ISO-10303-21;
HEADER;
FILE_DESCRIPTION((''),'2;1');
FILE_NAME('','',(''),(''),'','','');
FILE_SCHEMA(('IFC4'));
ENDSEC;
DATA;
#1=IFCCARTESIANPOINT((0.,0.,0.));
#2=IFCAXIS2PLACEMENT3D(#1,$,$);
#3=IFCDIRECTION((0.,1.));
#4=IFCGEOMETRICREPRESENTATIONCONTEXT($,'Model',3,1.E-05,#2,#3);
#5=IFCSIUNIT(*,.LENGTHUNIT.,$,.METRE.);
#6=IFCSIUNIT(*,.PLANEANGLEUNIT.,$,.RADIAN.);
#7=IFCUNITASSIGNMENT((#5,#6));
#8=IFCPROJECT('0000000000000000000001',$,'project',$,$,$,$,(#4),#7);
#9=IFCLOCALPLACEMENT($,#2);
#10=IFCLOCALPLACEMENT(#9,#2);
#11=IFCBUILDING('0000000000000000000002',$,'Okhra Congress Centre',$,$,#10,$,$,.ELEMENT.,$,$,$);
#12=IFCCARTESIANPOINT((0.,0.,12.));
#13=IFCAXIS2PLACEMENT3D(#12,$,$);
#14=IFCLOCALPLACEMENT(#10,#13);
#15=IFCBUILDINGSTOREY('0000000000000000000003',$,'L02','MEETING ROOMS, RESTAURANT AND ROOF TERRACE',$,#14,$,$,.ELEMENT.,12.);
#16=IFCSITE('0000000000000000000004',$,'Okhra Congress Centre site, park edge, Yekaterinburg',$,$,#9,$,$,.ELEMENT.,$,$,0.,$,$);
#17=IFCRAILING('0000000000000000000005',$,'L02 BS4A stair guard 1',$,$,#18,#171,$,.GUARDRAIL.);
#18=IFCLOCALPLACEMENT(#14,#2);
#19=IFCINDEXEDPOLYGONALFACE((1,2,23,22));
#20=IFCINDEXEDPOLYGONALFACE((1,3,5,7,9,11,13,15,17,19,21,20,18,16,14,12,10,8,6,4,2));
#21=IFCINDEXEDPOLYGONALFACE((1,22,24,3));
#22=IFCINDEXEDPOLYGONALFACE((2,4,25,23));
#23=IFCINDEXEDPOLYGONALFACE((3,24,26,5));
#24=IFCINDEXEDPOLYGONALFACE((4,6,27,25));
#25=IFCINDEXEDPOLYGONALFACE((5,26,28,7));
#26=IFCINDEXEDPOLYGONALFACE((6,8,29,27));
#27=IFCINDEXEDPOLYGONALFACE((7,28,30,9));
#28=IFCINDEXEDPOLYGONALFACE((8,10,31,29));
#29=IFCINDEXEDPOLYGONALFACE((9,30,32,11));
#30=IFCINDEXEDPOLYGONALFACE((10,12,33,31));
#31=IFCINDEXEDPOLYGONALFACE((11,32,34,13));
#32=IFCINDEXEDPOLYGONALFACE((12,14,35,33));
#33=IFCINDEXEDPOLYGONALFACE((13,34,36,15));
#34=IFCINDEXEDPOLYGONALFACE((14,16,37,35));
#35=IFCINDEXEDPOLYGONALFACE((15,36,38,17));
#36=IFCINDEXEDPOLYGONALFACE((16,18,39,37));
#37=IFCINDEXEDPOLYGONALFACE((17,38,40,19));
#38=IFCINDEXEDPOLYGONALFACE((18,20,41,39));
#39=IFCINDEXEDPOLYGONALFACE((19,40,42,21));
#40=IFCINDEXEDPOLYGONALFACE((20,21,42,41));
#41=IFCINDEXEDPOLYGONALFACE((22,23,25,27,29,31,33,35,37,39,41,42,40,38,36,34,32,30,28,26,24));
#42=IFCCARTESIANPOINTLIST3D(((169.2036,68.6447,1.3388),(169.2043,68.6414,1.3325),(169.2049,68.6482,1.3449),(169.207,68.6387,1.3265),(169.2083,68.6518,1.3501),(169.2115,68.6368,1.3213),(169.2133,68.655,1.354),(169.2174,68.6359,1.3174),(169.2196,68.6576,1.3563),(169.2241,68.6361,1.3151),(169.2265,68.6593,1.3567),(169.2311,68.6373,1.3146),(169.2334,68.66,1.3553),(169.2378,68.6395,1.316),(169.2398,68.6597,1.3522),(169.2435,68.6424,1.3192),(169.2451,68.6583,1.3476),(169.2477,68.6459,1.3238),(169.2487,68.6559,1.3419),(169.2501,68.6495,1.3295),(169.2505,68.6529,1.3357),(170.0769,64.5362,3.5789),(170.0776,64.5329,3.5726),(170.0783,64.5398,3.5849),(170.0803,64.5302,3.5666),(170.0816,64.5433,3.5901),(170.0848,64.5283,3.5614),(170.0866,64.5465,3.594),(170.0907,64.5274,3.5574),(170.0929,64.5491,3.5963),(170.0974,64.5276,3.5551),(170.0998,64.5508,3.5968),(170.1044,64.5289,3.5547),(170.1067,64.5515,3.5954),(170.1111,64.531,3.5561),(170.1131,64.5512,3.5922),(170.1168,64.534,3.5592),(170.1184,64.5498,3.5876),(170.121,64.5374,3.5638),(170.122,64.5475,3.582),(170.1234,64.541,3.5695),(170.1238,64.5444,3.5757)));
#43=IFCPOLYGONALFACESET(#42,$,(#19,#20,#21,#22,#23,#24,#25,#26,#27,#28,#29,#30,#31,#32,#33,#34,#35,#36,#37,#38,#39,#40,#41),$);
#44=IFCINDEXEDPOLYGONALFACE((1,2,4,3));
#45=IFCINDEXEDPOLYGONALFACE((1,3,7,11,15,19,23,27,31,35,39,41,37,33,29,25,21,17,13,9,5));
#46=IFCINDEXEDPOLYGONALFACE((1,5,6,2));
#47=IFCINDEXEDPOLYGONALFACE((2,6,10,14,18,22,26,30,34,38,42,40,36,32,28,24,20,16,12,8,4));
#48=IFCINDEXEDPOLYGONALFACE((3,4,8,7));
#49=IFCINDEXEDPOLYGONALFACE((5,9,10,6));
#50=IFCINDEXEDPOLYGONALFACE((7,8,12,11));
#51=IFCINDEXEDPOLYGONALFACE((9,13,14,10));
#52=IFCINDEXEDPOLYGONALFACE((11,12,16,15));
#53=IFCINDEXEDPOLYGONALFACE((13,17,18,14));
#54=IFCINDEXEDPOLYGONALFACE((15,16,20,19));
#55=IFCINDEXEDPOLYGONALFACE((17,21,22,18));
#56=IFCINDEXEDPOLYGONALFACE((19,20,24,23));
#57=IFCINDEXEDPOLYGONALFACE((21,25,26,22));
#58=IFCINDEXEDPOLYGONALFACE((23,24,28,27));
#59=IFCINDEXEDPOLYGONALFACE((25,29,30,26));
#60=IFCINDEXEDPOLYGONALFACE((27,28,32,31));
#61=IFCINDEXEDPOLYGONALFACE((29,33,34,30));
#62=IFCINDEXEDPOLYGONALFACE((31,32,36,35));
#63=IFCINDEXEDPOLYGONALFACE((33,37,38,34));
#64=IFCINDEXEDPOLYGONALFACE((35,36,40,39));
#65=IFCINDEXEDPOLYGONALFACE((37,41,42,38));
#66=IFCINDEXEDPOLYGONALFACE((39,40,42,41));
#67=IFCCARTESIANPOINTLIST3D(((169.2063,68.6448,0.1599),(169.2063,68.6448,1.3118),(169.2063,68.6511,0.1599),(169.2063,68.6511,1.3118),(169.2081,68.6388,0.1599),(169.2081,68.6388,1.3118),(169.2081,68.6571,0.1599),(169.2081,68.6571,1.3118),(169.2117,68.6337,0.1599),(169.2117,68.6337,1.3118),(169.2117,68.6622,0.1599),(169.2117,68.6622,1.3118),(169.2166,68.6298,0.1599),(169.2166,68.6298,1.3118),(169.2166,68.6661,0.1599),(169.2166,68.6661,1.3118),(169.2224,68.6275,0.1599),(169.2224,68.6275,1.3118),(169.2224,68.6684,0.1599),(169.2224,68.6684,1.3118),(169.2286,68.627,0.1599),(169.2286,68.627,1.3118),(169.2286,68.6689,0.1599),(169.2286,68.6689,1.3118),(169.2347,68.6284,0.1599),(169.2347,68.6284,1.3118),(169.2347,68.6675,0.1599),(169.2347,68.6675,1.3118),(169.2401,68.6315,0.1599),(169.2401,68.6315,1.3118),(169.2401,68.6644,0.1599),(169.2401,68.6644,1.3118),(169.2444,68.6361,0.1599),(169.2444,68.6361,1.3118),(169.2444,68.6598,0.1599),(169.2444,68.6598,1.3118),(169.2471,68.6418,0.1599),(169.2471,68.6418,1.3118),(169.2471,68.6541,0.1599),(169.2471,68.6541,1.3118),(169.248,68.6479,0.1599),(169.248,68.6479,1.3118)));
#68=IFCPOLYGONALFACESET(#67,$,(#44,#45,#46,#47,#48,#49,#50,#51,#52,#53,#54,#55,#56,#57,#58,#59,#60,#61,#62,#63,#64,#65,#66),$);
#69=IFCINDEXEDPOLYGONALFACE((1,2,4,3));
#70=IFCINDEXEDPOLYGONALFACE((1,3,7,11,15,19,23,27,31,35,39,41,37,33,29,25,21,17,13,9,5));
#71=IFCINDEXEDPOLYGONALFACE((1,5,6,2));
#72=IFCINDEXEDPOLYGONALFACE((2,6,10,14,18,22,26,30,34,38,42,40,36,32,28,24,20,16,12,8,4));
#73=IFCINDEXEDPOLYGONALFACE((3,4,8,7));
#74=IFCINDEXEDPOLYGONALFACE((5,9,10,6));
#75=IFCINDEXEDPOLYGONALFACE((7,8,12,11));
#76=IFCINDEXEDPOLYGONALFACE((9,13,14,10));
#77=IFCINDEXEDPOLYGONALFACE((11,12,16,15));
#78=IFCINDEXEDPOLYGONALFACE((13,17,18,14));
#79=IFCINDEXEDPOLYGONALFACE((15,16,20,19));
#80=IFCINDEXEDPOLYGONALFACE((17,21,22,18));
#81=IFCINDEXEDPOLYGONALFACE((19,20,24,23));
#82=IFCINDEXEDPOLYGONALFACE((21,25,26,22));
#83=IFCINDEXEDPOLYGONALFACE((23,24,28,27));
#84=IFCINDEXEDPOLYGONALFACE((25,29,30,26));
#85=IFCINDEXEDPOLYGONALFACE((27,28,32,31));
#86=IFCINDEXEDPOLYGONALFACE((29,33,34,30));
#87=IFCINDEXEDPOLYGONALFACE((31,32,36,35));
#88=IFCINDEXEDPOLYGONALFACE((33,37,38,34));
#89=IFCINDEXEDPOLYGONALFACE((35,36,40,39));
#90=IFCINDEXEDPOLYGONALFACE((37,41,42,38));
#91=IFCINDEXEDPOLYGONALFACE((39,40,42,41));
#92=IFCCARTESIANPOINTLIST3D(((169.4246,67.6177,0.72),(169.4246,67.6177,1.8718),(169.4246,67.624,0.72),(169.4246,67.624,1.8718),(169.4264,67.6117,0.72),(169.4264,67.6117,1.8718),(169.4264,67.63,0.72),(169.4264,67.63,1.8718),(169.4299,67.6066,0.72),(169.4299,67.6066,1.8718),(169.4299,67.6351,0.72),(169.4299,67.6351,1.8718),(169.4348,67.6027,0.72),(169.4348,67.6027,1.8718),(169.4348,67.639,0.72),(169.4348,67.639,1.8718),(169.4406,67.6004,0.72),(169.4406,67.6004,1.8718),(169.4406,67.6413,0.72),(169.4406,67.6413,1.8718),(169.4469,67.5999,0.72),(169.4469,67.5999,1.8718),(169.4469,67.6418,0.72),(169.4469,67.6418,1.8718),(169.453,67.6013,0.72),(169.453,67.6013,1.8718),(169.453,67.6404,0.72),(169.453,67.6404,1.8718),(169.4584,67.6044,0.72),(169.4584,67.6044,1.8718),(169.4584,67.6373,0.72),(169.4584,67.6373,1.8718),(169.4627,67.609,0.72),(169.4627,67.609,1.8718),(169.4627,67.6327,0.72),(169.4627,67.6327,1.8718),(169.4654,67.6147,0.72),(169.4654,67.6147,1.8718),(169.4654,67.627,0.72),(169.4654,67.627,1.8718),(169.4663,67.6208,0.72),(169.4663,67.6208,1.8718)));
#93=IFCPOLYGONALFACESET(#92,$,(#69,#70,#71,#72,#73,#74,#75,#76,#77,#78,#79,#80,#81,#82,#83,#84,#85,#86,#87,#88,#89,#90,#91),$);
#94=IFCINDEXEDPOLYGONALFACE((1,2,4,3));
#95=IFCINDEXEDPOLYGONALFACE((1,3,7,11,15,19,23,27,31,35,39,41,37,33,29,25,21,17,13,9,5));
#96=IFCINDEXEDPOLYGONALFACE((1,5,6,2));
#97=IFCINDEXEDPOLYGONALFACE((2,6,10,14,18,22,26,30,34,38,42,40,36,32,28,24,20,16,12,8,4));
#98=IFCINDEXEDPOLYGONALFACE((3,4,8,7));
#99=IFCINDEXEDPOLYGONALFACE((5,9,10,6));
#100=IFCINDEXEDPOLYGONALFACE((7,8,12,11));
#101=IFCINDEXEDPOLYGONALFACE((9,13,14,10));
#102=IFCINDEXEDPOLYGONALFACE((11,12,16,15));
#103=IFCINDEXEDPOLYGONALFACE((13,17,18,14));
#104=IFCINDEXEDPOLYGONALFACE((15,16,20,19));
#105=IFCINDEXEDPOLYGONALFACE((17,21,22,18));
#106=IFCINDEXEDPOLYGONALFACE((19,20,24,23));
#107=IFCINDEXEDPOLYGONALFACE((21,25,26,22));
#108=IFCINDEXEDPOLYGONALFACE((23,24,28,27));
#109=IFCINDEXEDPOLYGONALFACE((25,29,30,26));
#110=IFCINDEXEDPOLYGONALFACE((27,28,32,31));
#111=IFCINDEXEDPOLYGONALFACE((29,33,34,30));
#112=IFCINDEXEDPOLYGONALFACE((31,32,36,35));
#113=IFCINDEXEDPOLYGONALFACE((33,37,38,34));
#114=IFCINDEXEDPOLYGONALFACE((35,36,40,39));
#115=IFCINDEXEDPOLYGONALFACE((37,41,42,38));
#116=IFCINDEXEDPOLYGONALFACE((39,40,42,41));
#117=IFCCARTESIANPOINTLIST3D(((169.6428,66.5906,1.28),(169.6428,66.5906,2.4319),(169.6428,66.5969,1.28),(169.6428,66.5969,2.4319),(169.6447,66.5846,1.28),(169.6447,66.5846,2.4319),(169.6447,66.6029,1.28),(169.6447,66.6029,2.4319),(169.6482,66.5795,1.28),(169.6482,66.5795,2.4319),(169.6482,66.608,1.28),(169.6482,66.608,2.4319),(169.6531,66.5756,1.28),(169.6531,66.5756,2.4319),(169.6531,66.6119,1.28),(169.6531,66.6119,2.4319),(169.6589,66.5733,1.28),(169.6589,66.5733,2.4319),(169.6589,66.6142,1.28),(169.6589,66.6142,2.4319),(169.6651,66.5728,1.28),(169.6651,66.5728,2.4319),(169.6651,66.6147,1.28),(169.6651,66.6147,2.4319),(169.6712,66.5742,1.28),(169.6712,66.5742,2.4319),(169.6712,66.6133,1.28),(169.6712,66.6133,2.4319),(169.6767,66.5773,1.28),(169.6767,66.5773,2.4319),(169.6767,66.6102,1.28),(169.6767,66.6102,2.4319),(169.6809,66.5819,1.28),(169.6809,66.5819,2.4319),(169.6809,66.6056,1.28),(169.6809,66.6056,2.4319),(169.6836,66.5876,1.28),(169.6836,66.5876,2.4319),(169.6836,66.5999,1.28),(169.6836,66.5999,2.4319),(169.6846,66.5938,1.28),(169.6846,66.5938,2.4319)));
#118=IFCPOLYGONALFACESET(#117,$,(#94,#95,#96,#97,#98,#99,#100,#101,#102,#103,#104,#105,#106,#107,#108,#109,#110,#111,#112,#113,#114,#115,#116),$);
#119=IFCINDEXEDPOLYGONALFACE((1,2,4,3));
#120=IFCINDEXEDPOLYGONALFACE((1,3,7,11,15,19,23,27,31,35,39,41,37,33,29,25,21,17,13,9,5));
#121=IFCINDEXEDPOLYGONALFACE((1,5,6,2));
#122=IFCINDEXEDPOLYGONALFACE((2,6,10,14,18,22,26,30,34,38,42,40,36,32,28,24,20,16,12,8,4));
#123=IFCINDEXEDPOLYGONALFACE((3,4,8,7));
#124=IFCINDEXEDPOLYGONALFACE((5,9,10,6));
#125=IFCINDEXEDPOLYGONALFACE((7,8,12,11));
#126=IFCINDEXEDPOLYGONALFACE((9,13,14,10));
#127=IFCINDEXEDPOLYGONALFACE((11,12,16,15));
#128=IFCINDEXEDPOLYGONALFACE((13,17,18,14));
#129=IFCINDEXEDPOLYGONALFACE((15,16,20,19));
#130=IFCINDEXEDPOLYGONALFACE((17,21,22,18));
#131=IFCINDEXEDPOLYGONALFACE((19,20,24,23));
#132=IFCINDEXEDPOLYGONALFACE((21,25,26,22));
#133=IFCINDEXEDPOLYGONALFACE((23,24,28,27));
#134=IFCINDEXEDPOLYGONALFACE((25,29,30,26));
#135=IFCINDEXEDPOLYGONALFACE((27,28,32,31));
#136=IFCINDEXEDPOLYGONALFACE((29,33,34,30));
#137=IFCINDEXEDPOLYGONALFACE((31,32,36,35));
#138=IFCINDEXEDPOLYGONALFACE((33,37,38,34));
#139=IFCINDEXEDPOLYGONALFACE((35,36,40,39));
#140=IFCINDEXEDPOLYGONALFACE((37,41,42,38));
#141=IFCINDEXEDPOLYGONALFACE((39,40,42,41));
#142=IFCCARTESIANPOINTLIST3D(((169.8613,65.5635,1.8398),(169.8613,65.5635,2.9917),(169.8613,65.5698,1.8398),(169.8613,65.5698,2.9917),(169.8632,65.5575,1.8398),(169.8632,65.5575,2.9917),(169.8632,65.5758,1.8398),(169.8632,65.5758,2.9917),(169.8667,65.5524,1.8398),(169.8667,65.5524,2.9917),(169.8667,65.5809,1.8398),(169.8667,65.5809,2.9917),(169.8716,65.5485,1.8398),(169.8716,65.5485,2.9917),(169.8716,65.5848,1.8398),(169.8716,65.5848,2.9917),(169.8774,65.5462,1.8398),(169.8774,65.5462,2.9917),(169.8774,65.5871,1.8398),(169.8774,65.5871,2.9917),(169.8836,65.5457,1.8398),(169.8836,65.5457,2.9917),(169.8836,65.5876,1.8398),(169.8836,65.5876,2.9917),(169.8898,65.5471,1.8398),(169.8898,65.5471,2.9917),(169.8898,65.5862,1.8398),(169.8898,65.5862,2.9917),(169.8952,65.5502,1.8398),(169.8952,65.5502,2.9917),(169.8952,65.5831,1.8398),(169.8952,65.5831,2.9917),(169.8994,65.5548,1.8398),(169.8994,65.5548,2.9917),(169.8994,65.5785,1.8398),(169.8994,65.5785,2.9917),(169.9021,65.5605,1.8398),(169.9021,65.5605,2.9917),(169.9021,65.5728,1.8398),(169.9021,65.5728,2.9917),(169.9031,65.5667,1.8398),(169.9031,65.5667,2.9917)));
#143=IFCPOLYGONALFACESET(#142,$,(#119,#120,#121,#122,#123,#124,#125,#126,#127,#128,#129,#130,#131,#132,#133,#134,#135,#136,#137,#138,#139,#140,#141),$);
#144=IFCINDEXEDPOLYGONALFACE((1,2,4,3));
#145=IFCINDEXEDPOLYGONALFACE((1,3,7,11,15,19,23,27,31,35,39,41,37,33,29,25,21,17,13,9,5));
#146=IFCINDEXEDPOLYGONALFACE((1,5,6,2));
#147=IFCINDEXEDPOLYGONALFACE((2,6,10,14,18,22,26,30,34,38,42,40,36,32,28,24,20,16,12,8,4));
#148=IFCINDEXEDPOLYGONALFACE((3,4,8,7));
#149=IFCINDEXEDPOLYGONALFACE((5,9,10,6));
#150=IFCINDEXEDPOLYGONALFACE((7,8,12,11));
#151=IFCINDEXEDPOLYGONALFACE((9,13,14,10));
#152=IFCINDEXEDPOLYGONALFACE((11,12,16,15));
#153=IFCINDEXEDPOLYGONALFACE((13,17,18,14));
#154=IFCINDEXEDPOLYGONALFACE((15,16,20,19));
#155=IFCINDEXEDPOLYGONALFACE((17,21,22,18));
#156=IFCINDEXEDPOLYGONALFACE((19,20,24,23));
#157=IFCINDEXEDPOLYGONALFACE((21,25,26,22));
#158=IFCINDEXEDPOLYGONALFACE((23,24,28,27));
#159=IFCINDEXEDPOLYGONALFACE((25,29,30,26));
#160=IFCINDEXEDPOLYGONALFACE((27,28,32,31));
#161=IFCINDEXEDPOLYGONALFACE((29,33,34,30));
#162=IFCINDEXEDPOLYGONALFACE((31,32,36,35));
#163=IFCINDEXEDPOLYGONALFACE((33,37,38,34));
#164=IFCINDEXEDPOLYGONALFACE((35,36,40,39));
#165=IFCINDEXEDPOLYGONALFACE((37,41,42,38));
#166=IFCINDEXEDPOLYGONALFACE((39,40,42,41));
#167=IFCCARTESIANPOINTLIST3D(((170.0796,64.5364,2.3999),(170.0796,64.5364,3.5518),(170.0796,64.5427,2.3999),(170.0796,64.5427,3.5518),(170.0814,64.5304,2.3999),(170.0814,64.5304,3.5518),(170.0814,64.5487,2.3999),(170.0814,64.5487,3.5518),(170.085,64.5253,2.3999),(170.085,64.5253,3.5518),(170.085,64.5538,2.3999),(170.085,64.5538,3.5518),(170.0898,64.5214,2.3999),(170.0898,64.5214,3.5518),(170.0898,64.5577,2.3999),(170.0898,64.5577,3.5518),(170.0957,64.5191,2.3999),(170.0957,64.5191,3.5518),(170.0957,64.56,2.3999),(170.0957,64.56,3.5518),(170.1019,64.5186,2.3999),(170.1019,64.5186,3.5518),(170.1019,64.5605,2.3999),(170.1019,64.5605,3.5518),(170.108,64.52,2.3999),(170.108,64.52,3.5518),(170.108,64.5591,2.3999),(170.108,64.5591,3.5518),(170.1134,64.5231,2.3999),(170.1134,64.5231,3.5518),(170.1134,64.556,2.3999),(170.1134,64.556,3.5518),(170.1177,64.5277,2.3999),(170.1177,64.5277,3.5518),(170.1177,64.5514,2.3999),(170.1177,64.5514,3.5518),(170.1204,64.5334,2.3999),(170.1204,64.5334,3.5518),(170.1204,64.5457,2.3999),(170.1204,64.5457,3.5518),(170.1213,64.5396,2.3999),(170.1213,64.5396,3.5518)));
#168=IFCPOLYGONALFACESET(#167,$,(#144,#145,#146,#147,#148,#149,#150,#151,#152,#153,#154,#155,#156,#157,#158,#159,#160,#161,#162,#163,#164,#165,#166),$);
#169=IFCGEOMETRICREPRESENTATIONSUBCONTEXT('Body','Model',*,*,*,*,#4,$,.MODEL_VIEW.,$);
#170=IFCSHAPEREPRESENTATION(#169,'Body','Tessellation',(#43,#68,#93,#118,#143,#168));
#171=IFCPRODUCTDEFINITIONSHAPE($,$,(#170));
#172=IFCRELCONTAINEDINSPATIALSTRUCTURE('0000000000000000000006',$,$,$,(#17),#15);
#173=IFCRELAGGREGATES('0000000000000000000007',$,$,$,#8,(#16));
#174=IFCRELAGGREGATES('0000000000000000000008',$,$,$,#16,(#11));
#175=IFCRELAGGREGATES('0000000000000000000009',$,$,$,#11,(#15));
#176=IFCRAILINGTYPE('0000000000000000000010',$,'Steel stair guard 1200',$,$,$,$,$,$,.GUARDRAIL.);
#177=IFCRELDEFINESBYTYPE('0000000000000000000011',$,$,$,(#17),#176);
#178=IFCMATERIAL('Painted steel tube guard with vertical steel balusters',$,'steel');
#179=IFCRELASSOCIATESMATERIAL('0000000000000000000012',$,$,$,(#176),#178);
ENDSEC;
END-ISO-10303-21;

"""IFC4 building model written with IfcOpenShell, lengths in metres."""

from ifc_helpers import new_model, si_unit, direction, frame, origin, origin_2d, place, context, subcontext, project, spatial, circle, extrude, material, type_object, element, save


model = new_model("IFC4")

# Units and contexts
model_context = context("Model", 3, precision=1e-05, world=origin(), true_north=direction((0.0, 1.0)))
body_context = subcontext(model_context, "Body", "Model", "MODEL_VIEW")
ifc_project = project(units=[si_unit("LENGTHUNIT", "METRE"), si_unit("PLANEANGLEUNIT", "RADIAN")], contexts=[model_context])

# Site, building, storey
site_placement = place(None, origin())
site = spatial("IfcSite", under=ifc_project, at=site_placement, Name="Okhra Congress Centre site, park edge, Yekaterinburg", CompositionType="ELEMENT", RefElevation=0.0)
building_placement = place(site_placement, origin())
building = spatial("IfcBuilding", under=site, at=building_placement, Name="Okhra Congress Centre", CompositionType="ELEMENT")
storey_placement = place(building_placement, frame((0.0, 0.0, 12.0)))
storey = spatial("IfcBuildingStorey", under=building, at=storey_placement, Name="L02", Description="MEETING ROOMS, RESTAURANT AND ROOF TERRACE", CompositionType="ELEMENT", Elevation=12.0)

# Railing
ifc_material_1 = material(Name="Painted steel tube guard with vertical steel balusters", Category="steel")
railing_type_1 = type_object("IfcRailingType", Name="Steel stair guard 1200", PredefinedType="GUARDRAIL", material=ifc_material_1)
railing_1_placement = place(storey_placement, frame((169.2271, 68.6479, 0.1599)))
element("IfcRailing", 1, at=railing_1_placement, inside=storey, type_object=railing_type_1, Name="L02 BS4A stair guard 1", PredefinedType="GUARDRAIL", context=body_context, shape_type="SweptSolid", body=[
    extrude(circle(Radius=0.0239, at=origin_2d()), frame((0.0, 0.0, 1.1758), z_axis=(0.183458, -0.86308, 0.47057), x_axis=(0.978146, 0.207917, 0.0)), (0.0, 0.0, 1.0), 4.7603),
    extrude(circle(Radius=0.021, at=origin_2d()), origin(), (0.0, 0.0, 1.0), 1.1519),
    extrude(circle(Radius=0.021, at=origin_2d()), frame((0.2183, -1.0271, 0.5601)), (0.0, 0.0, 1.0), 1.1519),
    extrude(circle(Radius=0.021, at=origin_2d()), frame((0.4365, -2.0542, 1.1201)), (0.0, 0.0, 1.0), 1.1519),
    extrude(circle(Radius=0.021, at=origin_2d()), frame((0.655, -3.0813, 1.6799)), (0.0, 0.0, 1.0), 1.1519),
    extrude(circle(Radius=0.021, at=origin_2d()), frame((0.8733, -4.1084, 2.24)), (0.0, 0.0, 1.0), 1.1519),
])

save(model, "model.ifc")
